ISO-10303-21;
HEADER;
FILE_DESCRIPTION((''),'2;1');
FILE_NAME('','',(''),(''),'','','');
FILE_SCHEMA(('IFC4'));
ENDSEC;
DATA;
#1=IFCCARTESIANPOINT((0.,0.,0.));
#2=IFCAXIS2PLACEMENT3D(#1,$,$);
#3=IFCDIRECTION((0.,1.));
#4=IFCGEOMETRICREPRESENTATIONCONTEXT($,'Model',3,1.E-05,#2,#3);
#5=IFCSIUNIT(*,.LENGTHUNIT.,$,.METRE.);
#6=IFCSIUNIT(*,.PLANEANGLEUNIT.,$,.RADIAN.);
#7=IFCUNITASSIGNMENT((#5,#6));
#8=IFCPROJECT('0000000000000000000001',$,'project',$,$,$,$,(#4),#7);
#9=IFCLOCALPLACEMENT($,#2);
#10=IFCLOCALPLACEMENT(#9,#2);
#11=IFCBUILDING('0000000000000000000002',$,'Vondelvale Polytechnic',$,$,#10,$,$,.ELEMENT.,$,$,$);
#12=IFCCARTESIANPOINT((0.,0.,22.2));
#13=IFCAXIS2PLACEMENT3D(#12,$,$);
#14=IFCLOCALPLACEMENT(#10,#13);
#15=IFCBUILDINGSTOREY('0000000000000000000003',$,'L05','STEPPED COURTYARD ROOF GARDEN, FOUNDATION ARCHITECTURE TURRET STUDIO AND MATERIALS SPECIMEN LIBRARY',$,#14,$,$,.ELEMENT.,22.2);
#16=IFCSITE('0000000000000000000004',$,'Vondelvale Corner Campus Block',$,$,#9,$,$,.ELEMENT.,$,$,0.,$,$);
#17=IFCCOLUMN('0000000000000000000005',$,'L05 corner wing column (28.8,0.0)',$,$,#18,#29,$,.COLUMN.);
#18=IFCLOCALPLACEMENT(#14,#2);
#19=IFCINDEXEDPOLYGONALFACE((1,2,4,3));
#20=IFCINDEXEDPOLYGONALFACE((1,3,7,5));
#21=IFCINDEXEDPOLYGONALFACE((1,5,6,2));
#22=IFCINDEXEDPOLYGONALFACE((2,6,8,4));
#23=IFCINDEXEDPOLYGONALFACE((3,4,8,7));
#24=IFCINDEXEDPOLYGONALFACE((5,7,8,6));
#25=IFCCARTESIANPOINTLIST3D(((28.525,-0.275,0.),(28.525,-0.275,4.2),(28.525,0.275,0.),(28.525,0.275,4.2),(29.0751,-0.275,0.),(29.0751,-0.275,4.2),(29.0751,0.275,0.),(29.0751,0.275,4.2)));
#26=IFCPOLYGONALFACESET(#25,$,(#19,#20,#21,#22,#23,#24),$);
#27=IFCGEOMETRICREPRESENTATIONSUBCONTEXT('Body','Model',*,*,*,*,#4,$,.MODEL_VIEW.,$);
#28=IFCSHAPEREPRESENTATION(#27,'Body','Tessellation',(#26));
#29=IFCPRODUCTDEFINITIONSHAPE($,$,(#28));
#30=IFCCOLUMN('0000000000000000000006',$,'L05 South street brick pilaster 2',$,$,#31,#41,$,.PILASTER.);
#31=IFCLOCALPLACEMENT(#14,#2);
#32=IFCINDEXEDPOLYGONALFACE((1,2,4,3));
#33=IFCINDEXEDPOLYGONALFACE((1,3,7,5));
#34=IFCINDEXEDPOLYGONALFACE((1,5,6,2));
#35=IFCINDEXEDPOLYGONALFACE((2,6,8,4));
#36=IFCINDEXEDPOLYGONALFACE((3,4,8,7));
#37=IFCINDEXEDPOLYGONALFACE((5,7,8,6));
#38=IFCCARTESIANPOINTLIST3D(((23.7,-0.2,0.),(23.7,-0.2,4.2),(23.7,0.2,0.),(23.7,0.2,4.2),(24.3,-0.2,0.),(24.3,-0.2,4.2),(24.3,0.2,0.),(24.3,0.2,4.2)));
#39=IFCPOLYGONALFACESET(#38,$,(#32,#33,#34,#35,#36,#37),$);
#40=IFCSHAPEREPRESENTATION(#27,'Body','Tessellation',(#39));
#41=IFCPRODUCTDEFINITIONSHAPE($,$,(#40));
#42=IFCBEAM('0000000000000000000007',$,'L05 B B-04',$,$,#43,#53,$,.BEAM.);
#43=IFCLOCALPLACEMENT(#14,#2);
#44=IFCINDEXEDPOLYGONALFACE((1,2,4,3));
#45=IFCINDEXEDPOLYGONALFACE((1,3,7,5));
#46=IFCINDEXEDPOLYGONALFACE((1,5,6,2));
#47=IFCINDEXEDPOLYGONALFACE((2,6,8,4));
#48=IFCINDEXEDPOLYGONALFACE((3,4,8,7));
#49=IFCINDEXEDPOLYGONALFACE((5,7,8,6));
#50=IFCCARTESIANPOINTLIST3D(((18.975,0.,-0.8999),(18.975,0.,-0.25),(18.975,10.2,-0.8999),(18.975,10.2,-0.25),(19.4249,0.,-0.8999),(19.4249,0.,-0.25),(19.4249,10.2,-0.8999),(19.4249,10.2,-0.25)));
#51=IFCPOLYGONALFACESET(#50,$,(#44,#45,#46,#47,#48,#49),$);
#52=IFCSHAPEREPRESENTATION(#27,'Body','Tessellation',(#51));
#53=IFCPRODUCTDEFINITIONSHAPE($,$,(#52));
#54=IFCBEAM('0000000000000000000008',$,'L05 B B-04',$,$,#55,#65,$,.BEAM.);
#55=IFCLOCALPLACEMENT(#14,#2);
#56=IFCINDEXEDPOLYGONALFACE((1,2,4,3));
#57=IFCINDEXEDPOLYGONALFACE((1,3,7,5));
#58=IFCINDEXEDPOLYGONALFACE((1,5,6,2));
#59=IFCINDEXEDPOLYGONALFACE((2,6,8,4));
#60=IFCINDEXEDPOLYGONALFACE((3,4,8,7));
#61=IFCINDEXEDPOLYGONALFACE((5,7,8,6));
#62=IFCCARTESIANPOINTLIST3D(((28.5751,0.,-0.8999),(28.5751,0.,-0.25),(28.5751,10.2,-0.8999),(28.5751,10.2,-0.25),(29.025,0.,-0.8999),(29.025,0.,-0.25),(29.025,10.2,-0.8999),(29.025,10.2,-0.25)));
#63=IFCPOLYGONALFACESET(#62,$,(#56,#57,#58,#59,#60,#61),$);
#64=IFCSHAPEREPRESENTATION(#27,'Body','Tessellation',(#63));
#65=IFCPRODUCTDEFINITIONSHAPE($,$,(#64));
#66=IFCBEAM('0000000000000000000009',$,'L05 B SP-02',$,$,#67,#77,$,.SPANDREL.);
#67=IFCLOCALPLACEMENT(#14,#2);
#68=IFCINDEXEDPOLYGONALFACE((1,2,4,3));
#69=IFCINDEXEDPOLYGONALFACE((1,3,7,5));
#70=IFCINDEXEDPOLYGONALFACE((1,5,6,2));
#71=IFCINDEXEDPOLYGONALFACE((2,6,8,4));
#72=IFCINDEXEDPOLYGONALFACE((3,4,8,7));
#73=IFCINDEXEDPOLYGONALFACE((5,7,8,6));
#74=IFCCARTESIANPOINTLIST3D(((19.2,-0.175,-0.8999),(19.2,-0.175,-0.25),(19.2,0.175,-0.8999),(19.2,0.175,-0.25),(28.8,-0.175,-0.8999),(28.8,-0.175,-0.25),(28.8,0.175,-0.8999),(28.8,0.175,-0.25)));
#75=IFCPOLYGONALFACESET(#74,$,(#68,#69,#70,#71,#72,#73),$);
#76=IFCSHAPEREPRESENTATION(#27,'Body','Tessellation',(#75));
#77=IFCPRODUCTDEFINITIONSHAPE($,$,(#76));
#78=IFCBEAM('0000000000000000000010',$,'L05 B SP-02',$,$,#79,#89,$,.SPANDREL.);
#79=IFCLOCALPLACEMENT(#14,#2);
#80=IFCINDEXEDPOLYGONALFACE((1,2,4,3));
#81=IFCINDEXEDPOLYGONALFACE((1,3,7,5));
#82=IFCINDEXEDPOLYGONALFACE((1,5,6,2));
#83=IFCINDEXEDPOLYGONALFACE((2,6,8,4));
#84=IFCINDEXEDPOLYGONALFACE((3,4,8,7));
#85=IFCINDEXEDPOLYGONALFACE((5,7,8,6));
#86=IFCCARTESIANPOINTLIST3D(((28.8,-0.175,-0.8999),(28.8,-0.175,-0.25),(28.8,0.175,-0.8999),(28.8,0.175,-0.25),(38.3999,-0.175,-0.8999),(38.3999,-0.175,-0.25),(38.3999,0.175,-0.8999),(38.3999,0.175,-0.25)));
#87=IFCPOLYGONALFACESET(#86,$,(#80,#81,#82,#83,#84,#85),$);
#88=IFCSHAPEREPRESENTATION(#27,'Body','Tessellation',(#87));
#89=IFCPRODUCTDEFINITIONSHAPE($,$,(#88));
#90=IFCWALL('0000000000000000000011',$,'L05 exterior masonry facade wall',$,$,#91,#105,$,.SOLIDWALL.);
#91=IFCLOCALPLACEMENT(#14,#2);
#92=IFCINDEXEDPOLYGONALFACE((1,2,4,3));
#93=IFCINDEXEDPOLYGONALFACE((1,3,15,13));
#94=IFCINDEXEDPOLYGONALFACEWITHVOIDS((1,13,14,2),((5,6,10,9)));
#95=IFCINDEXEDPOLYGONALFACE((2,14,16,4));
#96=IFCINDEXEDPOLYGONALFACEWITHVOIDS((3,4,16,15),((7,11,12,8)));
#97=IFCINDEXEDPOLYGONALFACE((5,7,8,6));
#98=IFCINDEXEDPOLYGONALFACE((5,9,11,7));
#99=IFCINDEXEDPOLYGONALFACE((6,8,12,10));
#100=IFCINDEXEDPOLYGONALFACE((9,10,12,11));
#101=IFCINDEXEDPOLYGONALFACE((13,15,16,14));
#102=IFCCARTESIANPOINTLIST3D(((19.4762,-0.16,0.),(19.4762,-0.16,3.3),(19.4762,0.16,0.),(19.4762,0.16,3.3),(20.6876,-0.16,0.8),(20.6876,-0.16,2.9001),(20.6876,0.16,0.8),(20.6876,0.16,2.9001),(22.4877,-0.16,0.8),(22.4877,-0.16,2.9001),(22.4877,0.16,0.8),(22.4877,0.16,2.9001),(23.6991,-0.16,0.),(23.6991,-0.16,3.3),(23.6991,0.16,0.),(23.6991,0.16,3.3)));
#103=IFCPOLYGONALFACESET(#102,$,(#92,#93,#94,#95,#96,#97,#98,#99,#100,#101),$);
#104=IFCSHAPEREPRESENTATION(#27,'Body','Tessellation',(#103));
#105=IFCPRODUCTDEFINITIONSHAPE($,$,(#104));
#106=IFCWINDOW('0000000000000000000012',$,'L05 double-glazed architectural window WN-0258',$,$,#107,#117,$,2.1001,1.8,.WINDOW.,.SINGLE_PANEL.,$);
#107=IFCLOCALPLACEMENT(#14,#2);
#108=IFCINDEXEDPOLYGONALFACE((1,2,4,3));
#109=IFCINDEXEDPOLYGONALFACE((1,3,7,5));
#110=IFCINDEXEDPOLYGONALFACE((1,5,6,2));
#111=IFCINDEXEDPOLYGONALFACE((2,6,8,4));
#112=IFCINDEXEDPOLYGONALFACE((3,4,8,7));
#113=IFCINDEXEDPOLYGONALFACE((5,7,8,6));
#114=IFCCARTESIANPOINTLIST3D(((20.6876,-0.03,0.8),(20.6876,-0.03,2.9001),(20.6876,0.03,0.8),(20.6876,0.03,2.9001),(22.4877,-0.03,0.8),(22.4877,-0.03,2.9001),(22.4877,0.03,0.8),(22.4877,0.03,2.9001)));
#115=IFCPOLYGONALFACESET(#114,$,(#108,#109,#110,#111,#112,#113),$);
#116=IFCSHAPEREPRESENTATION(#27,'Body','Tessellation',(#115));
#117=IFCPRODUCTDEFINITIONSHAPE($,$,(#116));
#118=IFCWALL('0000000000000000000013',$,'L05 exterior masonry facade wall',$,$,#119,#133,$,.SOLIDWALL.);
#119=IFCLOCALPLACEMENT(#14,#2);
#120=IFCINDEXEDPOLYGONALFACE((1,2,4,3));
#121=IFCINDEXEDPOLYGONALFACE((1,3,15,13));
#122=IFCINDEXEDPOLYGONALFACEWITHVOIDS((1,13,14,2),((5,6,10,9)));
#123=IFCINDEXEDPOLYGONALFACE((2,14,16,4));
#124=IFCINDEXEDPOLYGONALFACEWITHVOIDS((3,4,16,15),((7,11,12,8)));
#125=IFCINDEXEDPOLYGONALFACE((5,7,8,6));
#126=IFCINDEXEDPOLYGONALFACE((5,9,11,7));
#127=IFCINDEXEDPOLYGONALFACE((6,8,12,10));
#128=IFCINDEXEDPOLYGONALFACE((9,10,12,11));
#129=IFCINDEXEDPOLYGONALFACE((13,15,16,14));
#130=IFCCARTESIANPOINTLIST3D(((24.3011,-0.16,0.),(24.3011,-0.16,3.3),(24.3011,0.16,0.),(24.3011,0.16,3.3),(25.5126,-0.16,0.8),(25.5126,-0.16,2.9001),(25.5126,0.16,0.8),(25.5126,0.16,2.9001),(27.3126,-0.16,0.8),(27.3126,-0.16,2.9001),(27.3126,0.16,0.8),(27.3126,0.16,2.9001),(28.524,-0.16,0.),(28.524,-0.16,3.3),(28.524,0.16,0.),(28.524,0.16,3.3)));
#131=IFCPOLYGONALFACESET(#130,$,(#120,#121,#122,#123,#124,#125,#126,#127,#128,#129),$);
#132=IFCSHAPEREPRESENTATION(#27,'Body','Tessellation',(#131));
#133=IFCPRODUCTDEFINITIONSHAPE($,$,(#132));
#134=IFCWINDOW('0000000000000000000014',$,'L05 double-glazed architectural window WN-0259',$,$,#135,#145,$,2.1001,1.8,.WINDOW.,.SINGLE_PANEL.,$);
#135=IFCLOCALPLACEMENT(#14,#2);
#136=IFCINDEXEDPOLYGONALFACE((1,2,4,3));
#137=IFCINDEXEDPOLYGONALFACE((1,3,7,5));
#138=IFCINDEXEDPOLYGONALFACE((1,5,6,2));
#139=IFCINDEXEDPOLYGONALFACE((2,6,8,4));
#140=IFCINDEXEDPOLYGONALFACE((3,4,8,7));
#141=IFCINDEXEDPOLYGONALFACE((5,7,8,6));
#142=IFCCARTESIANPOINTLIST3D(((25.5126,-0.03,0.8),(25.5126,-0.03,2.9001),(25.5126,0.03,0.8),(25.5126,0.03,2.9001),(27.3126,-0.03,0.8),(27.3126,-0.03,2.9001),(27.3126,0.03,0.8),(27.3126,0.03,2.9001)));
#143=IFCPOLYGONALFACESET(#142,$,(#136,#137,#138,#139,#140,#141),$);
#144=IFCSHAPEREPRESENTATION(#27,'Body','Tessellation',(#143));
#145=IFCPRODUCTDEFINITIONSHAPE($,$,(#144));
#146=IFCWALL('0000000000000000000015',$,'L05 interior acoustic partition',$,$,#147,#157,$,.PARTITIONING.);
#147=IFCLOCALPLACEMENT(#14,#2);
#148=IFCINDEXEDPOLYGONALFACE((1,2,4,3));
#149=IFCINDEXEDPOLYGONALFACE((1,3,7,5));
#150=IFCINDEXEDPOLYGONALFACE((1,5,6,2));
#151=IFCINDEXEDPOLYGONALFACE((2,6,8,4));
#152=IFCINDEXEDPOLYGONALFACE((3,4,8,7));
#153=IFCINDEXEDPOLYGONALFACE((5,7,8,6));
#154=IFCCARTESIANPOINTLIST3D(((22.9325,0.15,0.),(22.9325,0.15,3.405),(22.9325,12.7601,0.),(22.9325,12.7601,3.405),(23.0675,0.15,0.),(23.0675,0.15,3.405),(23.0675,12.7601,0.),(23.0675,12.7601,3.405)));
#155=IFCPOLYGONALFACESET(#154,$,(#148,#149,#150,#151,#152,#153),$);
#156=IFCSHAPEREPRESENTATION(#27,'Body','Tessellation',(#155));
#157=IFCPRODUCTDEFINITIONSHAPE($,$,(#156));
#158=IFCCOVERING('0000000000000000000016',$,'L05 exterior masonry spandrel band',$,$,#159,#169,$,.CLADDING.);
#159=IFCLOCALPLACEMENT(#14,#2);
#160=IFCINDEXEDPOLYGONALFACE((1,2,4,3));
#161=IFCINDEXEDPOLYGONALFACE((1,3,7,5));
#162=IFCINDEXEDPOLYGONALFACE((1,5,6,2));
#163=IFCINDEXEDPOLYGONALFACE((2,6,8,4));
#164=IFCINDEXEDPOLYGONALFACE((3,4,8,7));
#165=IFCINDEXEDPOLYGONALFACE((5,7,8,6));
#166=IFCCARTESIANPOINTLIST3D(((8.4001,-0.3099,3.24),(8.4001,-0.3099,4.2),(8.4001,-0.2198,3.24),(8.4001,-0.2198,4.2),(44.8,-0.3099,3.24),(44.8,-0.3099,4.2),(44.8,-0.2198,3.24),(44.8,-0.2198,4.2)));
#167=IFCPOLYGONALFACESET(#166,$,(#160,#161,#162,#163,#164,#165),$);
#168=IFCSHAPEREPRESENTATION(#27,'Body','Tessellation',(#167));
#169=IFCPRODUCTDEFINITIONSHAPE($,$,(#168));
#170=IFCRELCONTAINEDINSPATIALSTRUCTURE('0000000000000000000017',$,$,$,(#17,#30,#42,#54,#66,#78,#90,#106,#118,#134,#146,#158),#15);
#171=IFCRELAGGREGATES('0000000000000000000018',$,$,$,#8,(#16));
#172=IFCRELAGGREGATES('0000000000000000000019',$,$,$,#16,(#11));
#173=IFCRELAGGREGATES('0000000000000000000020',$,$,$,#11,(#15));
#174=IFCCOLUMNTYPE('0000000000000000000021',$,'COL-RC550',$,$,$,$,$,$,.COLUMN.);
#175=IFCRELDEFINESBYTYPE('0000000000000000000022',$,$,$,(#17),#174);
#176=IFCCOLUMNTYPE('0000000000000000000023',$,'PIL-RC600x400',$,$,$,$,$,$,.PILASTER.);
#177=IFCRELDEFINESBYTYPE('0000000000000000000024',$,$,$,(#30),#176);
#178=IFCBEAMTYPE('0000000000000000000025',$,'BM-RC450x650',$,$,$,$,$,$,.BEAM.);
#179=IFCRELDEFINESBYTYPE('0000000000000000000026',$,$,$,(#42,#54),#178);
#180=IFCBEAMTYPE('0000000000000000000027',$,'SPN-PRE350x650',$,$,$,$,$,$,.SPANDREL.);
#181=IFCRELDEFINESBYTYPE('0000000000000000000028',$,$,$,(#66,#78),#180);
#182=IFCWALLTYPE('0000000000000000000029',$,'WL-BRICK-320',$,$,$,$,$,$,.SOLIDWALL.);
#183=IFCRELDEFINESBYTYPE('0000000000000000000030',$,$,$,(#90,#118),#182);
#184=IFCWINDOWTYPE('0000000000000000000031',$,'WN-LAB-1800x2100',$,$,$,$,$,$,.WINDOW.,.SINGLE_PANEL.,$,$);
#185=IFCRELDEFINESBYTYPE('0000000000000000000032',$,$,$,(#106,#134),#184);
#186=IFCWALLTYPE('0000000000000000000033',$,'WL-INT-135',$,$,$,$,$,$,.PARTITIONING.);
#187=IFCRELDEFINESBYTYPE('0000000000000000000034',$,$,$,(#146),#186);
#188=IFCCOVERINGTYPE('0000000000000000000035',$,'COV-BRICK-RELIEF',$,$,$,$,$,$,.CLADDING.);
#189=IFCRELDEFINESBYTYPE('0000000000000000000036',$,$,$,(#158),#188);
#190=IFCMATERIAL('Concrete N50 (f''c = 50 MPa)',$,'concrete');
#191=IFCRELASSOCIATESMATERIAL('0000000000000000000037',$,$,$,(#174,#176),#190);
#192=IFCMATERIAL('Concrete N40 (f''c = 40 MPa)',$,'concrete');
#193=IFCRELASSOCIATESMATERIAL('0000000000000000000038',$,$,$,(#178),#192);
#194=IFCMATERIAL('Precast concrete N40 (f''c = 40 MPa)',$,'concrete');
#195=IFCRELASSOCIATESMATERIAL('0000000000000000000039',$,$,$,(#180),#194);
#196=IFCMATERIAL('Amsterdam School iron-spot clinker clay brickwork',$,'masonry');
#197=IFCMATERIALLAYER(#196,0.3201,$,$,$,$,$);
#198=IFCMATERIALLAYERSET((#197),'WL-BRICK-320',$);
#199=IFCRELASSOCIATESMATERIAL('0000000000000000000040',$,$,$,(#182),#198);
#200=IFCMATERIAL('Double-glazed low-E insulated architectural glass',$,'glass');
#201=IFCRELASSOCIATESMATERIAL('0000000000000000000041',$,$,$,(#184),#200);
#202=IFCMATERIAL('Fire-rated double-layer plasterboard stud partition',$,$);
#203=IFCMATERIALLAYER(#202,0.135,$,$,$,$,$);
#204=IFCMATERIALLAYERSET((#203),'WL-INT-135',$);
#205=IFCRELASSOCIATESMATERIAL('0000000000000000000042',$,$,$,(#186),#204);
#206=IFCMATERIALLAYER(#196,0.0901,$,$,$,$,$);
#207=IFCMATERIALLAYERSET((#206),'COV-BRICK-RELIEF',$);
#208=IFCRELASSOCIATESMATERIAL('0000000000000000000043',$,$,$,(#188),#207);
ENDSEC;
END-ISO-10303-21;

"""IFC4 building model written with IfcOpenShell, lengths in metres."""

from ifc_helpers import new_model, si_unit, direction, frame, frame_2d, origin, origin_2d, place, context, subcontext, project, spatial, rectangle, extrude, material, layer, layer_set, material_profile, profile_set, type_object, element, fill, save


model = new_model("IFC4")

# Units and contexts
model_context = context("Model", 3, precision=1e-05, world=origin(), true_north=direction((0.0, 1.0)))
body_context = subcontext(model_context, "Body", "Model", "MODEL_VIEW")
ifc_project = project(units=[si_unit("LENGTHUNIT", "METRE"), si_unit("PLANEANGLEUNIT", "RADIAN")], contexts=[model_context])

# Site, building, storey
site_placement = place(None, origin())
site = spatial("IfcSite", under=ifc_project, at=site_placement, Name="Vondelvale Corner Campus Block", CompositionType="ELEMENT", RefElevation=0.0)
building_placement = place(site_placement, origin())
building = spatial("IfcBuilding", under=site, at=building_placement, Name="Vondelvale Polytechnic", CompositionType="ELEMENT")
storey_placement = place(building_placement, frame((0.0, 0.0, 22.2)))
storey = spatial("IfcBuildingStorey", under=building, at=storey_placement, Name="L05", Description="STEPPED COURTYARD ROOF GARDEN, FOUNDATION ARCHITECTURE TURRET STUDIO AND MATERIALS SPECIMEN LIBRARY", CompositionType="ELEMENT", Elevation=22.2)

# Columns
ifc_material_1 = material(Name="Concrete N50 (f'c = 50 MPa)", Category="concrete")
ifc_material_profile_1 = material_profile(ifc_material_1, rectangle(XDim=0.55, YDim=0.55, at=origin_2d()), Name="RC-COL-550x550")
ifc_profile_set_1 = profile_set([ifc_material_profile_1], Name="Concrete N50 (f'c = 50 MPa)")
column_type_1 = type_object("IfcColumnType", Name="COL-RC550", PredefinedType="COLUMN", material=ifc_profile_set_1)
column_1_placement = place(storey_placement, frame((28.8, 0.0, 0.0), z_axis=(0.0, 0.0, 1.0), x_axis=(1.0, 0.0, 0.0)))
element("IfcColumn", 1, at=column_1_placement, inside=storey, type_object=column_type_1, Name="L05 corner wing column (28.8,0.0)", PredefinedType="COLUMN", context=body_context, shape_type="SweptSolid", body=[
    extrude(rectangle(XDim=0.55, YDim=0.55, at=origin_2d()), origin(), (0.0, 0.0, 1.0), 4.2),
])
ifc_material_profile_2 = material_profile(ifc_material_1, rectangle(XDim=0.3999, YDim=0.6001, at=origin_2d()), Name="RC-PIL-600x400")
ifc_profile_set_2 = profile_set([ifc_material_profile_2], Name="Concrete N50 (f'c = 50 MPa)")
column_type_2 = type_object("IfcColumnType", Name="PIL-RC600x400", PredefinedType="PILASTER", material=ifc_profile_set_2)
column_2_placement = place(storey_placement, frame((24.0, 0.0, 0.0), z_axis=(0.0, 0.0, 1.0), x_axis=(0.0, 1.0, 0.0)))
element("IfcColumn", 2, at=column_2_placement, inside=storey, type_object=column_type_2, Name="L05 South street brick pilaster 2", PredefinedType="PILASTER", context=body_context, shape_type="SweptSolid", body=[
    extrude(rectangle(XDim=0.3999, YDim=0.6001, at=origin_2d()), origin(), (0.0, 0.0, 1.0), 4.2),
])

# Beams
ifc_material_2 = material(Name="Concrete N40 (f'c = 40 MPa)", Category="concrete")
ifc_material_profile_3 = material_profile(ifc_material_2, rectangle(XDim=0.45, YDim=0.6499, at=origin_2d()), Name="RC-BM-450x650")
ifc_profile_set_3 = profile_set([ifc_material_profile_3], Name="Concrete N40 (f'c = 40 MPa)")
beam_type_1 = type_object("IfcBeamType", Name="BM-RC450x650", PredefinedType="BEAM", material=ifc_profile_set_3)
for number, where, z_axis, x_axis, name in (
    (3, (19.2, 0.0, -0.575), (0.0, 1.0, 0.0), (-1.0, 0.0, 0.0), "L05 B B-04"),
    (4, (28.8, 0.0, -0.575), (0.0, 1.0, 0.0), (-1.0, 0.0, 0.0), "L05 B B-04"),
):
    element("IfcBeam", number, at=place(storey_placement, frame(where, z_axis=z_axis, x_axis=x_axis)), inside=storey, type_object=beam_type_1, Name=name, PredefinedType="BEAM", context=body_context, shape_type="SweptSolid", body=[
        extrude(rectangle(XDim=0.45, YDim=0.6499, at=origin_2d()), origin(), (0.0, 0.0, 1.0), 10.2),
    ])
ifc_material_3 = material(Name="Precast concrete N40 (f'c = 40 MPa)", Category="concrete")
ifc_material_profile_4 = material_profile(ifc_material_3, rectangle(XDim=0.3501, YDim=0.6499, at=origin_2d()), Name="RC-SPN-350x650")
ifc_profile_set_4 = profile_set([ifc_material_profile_4], Name="Precast concrete N40 (f'c = 40 MPa)")
beam_type_2 = type_object("IfcBeamType", Name="SPN-PRE350x650", PredefinedType="SPANDREL", material=ifc_profile_set_4)
beam_1_placement = place(storey_placement, frame((19.2, 0.0, -0.575), z_axis=(1.0, 0.0, 0.0), x_axis=(0.0, 1.0, 0.0)))
element("IfcBeam", 5, at=beam_1_placement, inside=storey, type_object=beam_type_2, Name="L05 B SP-02", PredefinedType="SPANDREL", context=body_context, shape_type="SweptSolid", body=[
    extrude(rectangle(XDim=0.3501, YDim=0.6499, at=origin_2d()), origin(), (0.0, 0.0, 1.0), 9.6001),
])
beam_2_placement = place(storey_placement, frame((28.8, 0.0, -0.575), z_axis=(1.0, 0.0, 0.0), x_axis=(0.0, 1.0, 0.0)))
element("IfcBeam", 6, at=beam_2_placement, inside=storey, type_object=beam_type_2, Name="L05 B SP-02", PredefinedType="SPANDREL", context=body_context, shape_type="SweptSolid", body=[
    extrude(rectangle(XDim=0.3501, YDim=0.6499, at=origin_2d()), origin(), (0.0, 0.0, 1.0), 9.5999),
])

# Walls, openings, windows
ifc_material_4 = material(Name="Amsterdam School iron-spot clinker clay brickwork", Category="masonry")
ifc_layer_1 = layer(ifc_material_4, 0.3201)
ifc_layer_set_1 = layer_set([ifc_layer_1], Name="WL-BRICK-320")
wall_type_1 = type_object("IfcWallType", Name="WL-BRICK-320", PredefinedType="SOLIDWALL", material=ifc_layer_set_1)
wall_1_placement = place(storey_placement, frame((23.699, 0.0, 0.0), z_axis=(0.0, 0.0, 1.0), x_axis=(-1.0, 0.0, 0.0)))
wall_1 = element("IfcWall", 7, at=wall_1_placement, inside=storey, type_object=wall_type_1, Name="L05 exterior masonry facade wall", PredefinedType="SOLIDWALL", context=body_context, shape_type="SweptSolid", body=[
    extrude(rectangle(XDim=4.2229, YDim=0.3201, at=frame_2d((2.1113, 0.0))), origin(), (0.0, 0.0, 1.0), 3.3),
])
opening_1_placement = place(wall_1_placement, frame((1.2114, 0.0, 0.8)))
opening_1 = element("IfcOpeningElement", 8, at=opening_1_placement, cuts=wall_1, PredefinedType="OPENING", context=body_context, shape_type="SweptSolid", body=[
    extrude(rectangle(XDim=1.8, YDim=2.1001, at=frame_2d((0.8999, 1.05))), frame((0.0, 0.1699, 0.0), z_axis=(0.0, -1.0, 0.0), x_axis=(1.0, 0.0, 0.0)), (0.0, 0.0, 1.0), 0.3401),
])
ifc_material_5 = material(Name="Double-glazed low-E insulated architectural glass", Category="glass")
window_type = type_object("IfcWindowType", Name="WN-LAB-1800x2100", PartitioningType="SINGLE_PANEL", PredefinedType="WINDOW", material=ifc_material_5)
window_1_placement = place(opening_1_placement, origin())
window_1 = element("IfcWindow", 9, at=window_1_placement, inside=storey, type_object=window_type, Name="L05 double-glazed architectural window WN-0258", OverallHeight=2.1001, OverallWidth=1.8, PartitioningType="SINGLE_PANEL", PredefinedType="WINDOW", context=body_context, shape_type="SweptSolid", body=[
    extrude(rectangle(XDim=1.8, YDim=2.1001, at=frame_2d((0.8999, 1.05))), frame((0.0, 0.03, 0.0), z_axis=(0.0, -1.0, 0.0), x_axis=(1.0, 0.0, 0.0)), (0.0, 0.0, 1.0), 0.0601),
])
fill(opening_1, window_1)
wall_2_placement = place(storey_placement, frame((28.5239, 0.0, 0.0), z_axis=(0.0, 0.0, 1.0), x_axis=(-1.0, 0.0, 0.0)))
wall_2 = element("IfcWall", 10, at=wall_2_placement, inside=storey, type_object=wall_type_1, Name="L05 exterior masonry facade wall", PredefinedType="SOLIDWALL", context=body_context, shape_type="SweptSolid", body=[
    extrude(rectangle(XDim=4.2229, YDim=0.3201, at=frame_2d((2.1113, 0.0))), origin(), (0.0, 0.0, 1.0), 3.3),
])
opening_2_placement = place(wall_2_placement, frame((1.2114, 0.0, 0.8)))
opening_2 = element("IfcOpeningElement", 11, at=opening_2_placement, cuts=wall_2, PredefinedType="OPENING", context=body_context, shape_type="SweptSolid", body=[
    extrude(rectangle(XDim=1.8, YDim=2.1001, at=frame_2d((0.8999, 1.05))), frame((0.0, 0.1699, 0.0), z_axis=(0.0, -1.0, 0.0), x_axis=(1.0, 0.0, 0.0)), (0.0, 0.0, 1.0), 0.3401),
])
window_2_placement = place(opening_2_placement, origin())
window_2 = element("IfcWindow", 12, at=window_2_placement, inside=storey, type_object=window_type, Name="L05 double-glazed architectural window WN-0259", OverallHeight=2.1001, OverallWidth=1.8, PartitioningType="SINGLE_PANEL", PredefinedType="WINDOW", context=body_context, shape_type="SweptSolid", body=[
    extrude(rectangle(XDim=1.8, YDim=2.1001, at=frame_2d((0.8999, 1.05))), frame((0.0, 0.03, 0.0), z_axis=(0.0, -1.0, 0.0), x_axis=(1.0, 0.0, 0.0)), (0.0, 0.0, 1.0), 0.0601),
])
fill(opening_2, window_2)

# Wall
ifc_material_6 = material(Name="Fire-rated double-layer plasterboard stud partition")
ifc_layer_2 = layer(ifc_material_6, 0.135)
ifc_layer_set_2 = layer_set([ifc_layer_2], Name="WL-INT-135")
wall_type_2 = type_object("IfcWallType", Name="WL-INT-135", PredefinedType="PARTITIONING", material=ifc_layer_set_2)
wall_3_placement = place(storey_placement, frame((23.0, 0.1499, 0.0), z_axis=(0.0, 0.0, 1.0), x_axis=(0.0, 1.0, 0.0)))
element("IfcWall", 13, at=wall_3_placement, inside=storey, type_object=wall_type_2, Name="L05 interior acoustic partition", PredefinedType="PARTITIONING", context=body_context, shape_type="SweptSolid", body=[
    extrude(rectangle(XDim=12.6101, YDim=0.135, at=frame_2d((6.3052, 0.0))), origin(), (0.0, 0.0, 1.0), 3.405),
])

# Covering
ifc_layer_3 = layer(ifc_material_4, 0.0901)
ifc_layer_set_3 = layer_set([ifc_layer_3], Name="COV-BRICK-RELIEF")
covering_type = type_object("IfcCoveringType", Name="COV-BRICK-RELIEF", PredefinedType="CLADDING", material=ifc_layer_set_3)
covering_placement = place(storey_placement, frame((26.6001, -0.2649, 3.24), z_axis=(0.0, 0.0, 1.0), x_axis=(1.0, 0.0, 0.0)))
element("IfcCovering", 14, at=covering_placement, inside=storey, type_object=covering_type, Name="L05 exterior masonry spandrel band", PredefinedType="CLADDING", context=body_context, shape_type="SweptSolid", body=[
    extrude(rectangle(XDim=36.3999, YDim=0.0901, at=origin_2d()), origin(), (0.0, 0.0, 1.0), 0.96),
])

save(model, "model.ifc")
